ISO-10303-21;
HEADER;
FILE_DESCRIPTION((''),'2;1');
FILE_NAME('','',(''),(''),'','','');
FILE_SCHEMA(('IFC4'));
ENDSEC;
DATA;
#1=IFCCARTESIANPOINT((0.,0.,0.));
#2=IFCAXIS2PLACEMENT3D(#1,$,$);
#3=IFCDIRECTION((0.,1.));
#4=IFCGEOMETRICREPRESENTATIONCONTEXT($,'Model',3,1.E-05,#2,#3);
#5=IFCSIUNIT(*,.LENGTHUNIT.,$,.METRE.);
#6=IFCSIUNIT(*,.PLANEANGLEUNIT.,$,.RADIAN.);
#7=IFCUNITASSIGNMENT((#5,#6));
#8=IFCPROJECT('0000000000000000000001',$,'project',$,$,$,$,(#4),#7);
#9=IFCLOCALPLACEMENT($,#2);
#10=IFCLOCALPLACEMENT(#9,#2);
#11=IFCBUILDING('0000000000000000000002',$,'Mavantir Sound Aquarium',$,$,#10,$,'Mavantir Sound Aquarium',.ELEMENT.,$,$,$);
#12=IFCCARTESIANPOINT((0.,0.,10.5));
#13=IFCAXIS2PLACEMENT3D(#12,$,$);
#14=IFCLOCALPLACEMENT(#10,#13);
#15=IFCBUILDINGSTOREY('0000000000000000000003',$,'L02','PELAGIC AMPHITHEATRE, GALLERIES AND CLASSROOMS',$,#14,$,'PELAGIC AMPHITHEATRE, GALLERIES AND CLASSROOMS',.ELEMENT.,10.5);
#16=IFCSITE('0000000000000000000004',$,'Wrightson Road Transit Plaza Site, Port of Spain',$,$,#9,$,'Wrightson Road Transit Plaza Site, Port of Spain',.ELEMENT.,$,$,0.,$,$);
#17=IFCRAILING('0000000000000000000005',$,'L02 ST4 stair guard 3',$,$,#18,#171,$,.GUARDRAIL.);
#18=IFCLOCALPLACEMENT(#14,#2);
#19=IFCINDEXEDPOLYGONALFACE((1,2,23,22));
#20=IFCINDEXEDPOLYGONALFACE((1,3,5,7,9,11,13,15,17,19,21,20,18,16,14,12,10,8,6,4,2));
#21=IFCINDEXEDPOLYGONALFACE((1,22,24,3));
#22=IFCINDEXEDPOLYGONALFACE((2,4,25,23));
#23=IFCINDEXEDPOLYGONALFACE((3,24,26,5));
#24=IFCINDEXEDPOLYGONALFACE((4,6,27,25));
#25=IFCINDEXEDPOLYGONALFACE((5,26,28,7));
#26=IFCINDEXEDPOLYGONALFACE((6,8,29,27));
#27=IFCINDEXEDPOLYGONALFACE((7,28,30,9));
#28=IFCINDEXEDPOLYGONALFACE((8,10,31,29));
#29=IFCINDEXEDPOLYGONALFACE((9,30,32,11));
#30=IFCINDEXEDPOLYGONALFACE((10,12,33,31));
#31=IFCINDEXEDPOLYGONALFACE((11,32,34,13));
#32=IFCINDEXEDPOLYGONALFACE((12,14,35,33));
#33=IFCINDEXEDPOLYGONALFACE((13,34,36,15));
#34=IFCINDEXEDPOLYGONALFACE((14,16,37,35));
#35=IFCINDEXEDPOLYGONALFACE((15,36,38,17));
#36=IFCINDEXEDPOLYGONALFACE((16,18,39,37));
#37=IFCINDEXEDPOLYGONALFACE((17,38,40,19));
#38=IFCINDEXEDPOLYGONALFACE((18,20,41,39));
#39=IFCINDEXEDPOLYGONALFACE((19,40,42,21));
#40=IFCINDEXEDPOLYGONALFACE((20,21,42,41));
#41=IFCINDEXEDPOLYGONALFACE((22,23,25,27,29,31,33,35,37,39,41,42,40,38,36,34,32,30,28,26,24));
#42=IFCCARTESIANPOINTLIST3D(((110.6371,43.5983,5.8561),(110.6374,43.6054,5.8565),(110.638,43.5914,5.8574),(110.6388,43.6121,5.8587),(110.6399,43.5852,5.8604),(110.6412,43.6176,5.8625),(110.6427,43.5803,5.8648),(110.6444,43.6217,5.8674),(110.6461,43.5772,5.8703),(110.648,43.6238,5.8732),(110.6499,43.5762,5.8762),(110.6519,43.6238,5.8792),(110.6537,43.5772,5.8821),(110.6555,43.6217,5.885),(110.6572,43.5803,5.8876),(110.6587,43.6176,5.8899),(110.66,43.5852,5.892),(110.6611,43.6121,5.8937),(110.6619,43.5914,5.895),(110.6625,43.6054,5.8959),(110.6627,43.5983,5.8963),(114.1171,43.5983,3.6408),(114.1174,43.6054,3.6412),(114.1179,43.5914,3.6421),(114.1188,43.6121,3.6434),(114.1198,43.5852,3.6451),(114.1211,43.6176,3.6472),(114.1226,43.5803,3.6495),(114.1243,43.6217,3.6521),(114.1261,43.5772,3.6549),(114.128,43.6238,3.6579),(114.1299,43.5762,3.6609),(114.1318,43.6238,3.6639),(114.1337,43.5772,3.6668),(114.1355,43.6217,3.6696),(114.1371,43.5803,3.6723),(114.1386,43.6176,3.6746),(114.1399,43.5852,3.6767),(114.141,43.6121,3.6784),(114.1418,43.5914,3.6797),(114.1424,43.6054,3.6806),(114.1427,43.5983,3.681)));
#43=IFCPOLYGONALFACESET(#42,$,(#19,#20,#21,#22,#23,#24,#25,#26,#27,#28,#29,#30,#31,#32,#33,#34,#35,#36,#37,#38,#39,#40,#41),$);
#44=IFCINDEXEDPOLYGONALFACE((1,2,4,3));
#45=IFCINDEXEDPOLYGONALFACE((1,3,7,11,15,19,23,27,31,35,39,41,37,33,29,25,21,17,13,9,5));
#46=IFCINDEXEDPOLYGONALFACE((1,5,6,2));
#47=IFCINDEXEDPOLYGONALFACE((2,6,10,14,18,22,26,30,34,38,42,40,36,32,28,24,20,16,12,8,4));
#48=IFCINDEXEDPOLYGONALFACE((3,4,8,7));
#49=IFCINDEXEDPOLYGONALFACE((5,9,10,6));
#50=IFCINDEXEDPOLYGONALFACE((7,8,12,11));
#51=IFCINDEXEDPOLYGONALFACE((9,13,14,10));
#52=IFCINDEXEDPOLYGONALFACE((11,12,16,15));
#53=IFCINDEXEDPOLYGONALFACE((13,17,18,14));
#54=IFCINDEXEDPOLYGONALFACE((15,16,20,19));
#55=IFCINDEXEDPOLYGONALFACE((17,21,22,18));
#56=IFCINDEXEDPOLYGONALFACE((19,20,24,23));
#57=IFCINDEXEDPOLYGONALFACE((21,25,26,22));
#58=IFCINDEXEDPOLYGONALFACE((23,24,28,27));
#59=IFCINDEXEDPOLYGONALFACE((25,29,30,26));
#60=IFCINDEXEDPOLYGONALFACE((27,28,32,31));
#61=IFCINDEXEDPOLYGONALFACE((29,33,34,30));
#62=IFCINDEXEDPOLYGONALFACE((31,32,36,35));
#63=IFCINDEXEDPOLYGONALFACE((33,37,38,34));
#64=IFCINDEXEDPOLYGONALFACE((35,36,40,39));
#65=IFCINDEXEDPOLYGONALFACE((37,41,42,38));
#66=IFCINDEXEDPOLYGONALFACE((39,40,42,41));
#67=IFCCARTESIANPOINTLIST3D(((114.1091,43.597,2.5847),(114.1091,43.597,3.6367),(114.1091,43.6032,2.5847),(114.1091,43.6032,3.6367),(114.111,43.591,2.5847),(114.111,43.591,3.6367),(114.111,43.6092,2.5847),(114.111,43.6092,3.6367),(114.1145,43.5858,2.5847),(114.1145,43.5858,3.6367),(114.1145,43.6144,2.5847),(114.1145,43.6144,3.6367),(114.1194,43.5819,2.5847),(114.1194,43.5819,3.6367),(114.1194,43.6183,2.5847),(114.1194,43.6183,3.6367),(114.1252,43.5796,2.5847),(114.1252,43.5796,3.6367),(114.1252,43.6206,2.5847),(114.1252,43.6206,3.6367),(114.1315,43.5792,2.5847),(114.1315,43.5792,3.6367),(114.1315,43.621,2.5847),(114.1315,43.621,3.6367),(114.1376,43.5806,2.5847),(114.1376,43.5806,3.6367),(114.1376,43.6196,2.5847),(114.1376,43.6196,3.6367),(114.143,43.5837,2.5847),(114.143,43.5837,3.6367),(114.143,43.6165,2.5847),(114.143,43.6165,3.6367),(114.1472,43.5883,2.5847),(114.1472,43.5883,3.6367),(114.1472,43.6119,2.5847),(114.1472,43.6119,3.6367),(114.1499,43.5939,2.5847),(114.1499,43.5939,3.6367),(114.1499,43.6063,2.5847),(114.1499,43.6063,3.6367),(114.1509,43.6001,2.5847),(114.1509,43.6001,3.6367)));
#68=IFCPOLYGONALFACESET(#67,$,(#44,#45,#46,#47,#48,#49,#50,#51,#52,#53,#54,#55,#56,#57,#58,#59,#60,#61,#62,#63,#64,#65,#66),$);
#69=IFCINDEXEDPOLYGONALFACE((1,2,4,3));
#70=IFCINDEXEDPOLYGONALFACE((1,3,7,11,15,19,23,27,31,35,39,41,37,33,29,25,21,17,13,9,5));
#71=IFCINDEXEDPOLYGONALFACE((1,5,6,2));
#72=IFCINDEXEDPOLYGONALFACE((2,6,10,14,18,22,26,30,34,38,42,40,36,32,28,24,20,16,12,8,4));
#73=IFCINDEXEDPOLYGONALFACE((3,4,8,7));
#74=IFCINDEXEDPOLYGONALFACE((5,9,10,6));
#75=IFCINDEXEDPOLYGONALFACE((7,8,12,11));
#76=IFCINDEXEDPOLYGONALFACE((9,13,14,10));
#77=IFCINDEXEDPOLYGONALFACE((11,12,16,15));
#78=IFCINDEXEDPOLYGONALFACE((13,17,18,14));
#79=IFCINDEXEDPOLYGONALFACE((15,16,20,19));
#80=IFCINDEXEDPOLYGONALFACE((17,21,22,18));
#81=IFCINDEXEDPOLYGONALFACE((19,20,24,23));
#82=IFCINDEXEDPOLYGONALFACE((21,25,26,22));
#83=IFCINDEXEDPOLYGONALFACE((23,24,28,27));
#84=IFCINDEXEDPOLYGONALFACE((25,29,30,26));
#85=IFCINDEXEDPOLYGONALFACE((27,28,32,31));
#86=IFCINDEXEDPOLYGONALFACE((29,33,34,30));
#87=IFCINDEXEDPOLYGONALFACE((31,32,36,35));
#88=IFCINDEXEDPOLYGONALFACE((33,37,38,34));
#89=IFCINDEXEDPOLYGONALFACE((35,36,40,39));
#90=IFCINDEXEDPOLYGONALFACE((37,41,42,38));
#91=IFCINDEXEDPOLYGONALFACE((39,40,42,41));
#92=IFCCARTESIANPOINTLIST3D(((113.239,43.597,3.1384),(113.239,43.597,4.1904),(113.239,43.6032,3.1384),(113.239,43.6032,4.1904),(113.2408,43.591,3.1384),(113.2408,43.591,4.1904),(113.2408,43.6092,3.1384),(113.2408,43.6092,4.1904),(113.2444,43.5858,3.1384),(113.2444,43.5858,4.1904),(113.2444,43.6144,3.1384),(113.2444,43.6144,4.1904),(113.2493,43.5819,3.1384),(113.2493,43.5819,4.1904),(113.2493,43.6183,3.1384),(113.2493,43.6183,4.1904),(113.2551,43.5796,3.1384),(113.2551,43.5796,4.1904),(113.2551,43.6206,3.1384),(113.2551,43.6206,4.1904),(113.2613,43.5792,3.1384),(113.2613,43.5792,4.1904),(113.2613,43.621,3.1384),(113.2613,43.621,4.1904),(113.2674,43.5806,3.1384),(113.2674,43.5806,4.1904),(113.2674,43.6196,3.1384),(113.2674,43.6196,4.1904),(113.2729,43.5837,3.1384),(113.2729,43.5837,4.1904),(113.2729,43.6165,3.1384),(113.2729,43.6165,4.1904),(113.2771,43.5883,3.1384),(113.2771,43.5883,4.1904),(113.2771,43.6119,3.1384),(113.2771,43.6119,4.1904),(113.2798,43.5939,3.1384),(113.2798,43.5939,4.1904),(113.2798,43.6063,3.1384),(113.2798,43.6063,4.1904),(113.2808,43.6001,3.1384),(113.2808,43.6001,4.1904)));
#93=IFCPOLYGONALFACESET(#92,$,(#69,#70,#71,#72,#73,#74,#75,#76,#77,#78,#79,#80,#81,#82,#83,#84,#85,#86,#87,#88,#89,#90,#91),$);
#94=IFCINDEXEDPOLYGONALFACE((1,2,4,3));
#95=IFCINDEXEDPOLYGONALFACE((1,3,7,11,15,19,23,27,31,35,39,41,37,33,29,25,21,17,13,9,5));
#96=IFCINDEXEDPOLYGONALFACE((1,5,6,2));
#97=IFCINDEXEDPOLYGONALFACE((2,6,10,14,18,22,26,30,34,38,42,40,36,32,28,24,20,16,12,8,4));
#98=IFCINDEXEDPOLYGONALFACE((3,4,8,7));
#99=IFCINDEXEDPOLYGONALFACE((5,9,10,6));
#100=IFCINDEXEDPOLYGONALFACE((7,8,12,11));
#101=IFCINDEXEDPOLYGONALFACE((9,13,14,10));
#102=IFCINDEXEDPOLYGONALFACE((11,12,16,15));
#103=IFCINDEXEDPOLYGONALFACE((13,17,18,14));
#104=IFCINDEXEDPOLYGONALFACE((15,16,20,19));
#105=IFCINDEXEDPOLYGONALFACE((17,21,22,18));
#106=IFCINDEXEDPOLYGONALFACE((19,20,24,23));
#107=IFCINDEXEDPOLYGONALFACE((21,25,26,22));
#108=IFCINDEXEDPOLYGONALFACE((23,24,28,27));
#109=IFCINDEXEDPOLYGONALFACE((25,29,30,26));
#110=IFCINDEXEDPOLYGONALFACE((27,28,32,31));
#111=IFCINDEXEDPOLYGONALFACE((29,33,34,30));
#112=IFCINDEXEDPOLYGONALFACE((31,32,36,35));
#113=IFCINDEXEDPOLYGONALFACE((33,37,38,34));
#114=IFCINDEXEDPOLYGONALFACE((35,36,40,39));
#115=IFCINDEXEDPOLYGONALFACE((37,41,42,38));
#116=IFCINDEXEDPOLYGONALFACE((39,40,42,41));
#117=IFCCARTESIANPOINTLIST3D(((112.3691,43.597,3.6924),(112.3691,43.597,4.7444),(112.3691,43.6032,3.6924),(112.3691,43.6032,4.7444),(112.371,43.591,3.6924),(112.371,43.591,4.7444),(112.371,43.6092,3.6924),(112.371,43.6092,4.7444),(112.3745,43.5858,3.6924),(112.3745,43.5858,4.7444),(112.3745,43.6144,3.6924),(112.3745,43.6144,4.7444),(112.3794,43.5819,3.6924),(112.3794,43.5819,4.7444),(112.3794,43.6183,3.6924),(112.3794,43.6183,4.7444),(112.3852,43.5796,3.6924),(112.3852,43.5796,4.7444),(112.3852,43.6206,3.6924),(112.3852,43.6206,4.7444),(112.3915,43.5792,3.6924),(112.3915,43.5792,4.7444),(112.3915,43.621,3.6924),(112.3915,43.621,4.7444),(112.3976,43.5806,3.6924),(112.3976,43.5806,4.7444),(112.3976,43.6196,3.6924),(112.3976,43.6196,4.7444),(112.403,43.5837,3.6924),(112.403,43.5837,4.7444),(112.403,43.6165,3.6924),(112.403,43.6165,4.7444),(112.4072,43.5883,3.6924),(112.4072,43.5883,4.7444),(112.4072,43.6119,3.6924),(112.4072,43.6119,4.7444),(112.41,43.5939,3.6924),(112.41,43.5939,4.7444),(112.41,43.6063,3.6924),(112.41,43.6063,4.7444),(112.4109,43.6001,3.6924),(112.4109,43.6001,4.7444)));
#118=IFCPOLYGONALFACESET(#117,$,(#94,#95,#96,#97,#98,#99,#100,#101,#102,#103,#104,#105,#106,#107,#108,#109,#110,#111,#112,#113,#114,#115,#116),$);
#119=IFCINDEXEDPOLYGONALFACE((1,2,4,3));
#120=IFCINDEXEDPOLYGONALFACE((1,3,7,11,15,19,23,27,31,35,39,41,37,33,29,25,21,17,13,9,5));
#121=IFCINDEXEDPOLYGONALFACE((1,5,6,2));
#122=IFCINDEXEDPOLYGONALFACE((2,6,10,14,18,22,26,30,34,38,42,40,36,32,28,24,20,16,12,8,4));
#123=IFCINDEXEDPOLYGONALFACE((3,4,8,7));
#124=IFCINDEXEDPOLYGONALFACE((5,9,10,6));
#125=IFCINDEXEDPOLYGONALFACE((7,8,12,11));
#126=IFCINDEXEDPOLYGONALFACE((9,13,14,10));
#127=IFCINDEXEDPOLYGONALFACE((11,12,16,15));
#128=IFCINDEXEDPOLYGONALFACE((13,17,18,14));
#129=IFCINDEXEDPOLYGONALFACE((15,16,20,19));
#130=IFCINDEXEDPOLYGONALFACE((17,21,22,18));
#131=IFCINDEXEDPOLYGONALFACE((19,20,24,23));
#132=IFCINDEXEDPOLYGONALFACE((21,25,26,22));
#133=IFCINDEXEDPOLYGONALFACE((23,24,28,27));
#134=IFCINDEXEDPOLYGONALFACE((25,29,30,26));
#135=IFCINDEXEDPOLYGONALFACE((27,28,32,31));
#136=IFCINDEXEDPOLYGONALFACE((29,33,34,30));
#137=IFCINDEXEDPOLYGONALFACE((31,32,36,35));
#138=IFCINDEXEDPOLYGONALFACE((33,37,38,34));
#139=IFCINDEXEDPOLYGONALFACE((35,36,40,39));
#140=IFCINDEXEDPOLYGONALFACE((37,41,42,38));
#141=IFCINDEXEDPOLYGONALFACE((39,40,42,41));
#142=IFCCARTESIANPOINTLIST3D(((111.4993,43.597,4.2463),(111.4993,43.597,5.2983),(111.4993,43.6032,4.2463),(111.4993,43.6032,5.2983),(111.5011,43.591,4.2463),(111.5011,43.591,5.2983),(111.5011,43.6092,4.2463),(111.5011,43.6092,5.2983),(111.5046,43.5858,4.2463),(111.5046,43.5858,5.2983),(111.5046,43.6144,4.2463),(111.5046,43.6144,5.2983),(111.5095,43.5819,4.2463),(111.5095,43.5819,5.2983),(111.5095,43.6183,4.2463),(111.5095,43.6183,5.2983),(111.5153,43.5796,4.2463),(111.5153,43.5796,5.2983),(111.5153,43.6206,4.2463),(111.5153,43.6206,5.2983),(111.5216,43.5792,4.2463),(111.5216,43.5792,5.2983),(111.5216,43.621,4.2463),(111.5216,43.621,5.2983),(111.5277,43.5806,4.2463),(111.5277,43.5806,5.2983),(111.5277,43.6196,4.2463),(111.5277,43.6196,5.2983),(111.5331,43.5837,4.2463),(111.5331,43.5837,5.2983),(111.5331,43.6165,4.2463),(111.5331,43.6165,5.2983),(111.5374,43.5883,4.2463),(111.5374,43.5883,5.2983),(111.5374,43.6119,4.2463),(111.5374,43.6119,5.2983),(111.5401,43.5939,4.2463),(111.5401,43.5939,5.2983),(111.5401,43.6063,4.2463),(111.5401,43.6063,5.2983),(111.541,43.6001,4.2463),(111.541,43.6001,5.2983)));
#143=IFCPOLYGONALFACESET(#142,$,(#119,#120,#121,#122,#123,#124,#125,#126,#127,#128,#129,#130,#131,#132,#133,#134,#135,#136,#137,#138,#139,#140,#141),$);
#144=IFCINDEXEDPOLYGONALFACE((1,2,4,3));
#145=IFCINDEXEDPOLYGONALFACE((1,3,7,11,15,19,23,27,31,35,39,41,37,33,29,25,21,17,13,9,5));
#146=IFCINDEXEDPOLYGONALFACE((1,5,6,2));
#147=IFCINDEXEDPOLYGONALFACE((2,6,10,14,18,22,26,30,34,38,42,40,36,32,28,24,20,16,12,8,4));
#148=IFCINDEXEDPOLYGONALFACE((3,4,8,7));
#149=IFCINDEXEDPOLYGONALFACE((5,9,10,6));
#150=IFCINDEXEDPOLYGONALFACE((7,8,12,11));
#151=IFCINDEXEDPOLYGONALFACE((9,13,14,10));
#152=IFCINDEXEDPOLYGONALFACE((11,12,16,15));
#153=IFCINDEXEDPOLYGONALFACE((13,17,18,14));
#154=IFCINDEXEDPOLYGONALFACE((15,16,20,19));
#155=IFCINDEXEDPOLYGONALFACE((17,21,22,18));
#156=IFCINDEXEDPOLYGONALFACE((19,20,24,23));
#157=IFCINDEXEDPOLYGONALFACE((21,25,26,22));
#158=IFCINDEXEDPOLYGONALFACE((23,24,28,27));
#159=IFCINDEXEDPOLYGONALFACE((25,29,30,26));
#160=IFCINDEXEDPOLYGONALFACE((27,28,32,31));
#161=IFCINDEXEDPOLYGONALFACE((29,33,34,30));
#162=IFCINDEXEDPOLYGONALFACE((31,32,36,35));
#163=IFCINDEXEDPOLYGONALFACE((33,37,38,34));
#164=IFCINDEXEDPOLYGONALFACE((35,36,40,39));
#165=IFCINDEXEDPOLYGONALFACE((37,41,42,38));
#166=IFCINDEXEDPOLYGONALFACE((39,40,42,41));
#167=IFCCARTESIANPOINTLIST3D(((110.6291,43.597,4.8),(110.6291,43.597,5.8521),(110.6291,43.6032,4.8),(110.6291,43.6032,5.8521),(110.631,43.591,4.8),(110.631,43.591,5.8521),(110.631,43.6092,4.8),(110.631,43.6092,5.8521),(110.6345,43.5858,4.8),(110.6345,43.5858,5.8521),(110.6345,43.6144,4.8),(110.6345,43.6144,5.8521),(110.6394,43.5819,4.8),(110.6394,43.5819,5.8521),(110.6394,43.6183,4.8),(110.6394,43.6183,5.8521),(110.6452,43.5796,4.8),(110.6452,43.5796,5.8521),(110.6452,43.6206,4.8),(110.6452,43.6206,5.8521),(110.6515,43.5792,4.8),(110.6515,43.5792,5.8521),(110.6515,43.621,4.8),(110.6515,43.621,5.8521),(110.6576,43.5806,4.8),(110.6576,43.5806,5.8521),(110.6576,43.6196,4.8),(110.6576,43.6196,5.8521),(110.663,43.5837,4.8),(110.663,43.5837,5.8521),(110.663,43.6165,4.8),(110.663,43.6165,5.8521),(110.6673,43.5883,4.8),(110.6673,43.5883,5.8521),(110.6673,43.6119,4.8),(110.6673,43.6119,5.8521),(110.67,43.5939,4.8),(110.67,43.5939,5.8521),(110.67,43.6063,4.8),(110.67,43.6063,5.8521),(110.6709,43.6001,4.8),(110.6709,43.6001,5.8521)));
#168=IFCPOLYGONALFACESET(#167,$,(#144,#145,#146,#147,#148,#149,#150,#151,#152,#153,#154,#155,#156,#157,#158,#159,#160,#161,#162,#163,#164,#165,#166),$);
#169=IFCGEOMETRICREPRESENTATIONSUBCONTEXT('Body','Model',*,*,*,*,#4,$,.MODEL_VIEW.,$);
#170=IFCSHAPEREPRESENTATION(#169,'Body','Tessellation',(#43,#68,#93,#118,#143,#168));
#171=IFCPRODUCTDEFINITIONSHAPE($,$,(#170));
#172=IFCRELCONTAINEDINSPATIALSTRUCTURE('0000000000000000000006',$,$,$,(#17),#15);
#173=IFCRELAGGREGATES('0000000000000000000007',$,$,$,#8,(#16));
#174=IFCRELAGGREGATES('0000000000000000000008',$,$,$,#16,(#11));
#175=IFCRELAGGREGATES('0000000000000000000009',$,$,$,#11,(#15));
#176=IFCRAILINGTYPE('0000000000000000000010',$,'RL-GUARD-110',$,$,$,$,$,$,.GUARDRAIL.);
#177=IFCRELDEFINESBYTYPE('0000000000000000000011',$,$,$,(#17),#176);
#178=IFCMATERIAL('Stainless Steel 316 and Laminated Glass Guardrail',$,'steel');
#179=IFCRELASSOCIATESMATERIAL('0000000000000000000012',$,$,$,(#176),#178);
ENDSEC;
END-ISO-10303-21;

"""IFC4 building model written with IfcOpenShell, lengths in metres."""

from ifc_helpers import new_model, si_unit, direction, frame, origin, origin_2d, place, context, subcontext, project, spatial, circle, extrude, material, type_object, element, save


model = new_model("IFC4")

# Units and contexts
model_context = context("Model", 3, precision=1e-05, world=origin(), true_north=direction((0.0, 1.0)))
body_context = subcontext(model_context, "Body", "Model", "MODEL_VIEW")
ifc_project = project(units=[si_unit("LENGTHUNIT", "METRE"), si_unit("PLANEANGLEUNIT", "RADIAN")], contexts=[model_context])

# Site, building, storey
site_placement = place(None, origin())
site = spatial("IfcSite", under=ifc_project, at=site_placement, Name="Wrightson Road Transit Plaza Site, Port of Spain", LongName="Wrightson Road Transit Plaza Site, Port of Spain", CompositionType="ELEMENT", RefElevation=0.0)
building_placement = place(site_placement, origin())
building = spatial("IfcBuilding", under=site, at=building_placement, Name="Mavantir Sound Aquarium", LongName="Mavantir Sound Aquarium", CompositionType="ELEMENT")
storey_placement = place(building_placement, frame((0.0, 0.0, 10.5)))
storey = spatial("IfcBuildingStorey", under=building, at=storey_placement, Name="L02", Description="PELAGIC AMPHITHEATRE, GALLERIES AND CLASSROOMS", LongName="PELAGIC AMPHITHEATRE, GALLERIES AND CLASSROOMS", CompositionType="ELEMENT", Elevation=10.5)

# Railing
ifc_material_1 = material(Name="Stainless Steel 316 and Laminated Glass Guardrail", Category="steel")
railing_type_1 = type_object("IfcRailingType", Name="RL-GUARD-110", PredefinedType="GUARDRAIL", material=ifc_material_1)
railing_1_placement = place(storey_placement, frame((114.1299, 43.6001, 2.5847)))
element("IfcRailing", 1, at=railing_1_placement, inside=storey, type_object=railing_type_1, Name="L02 ST4 stair guard 3", PredefinedType="GUARDRAIL", context=body_context, shape_type="SweptSolid", body=[
    extrude(circle(Radius=0.0239, at=origin_2d()), frame((0.0, 0.0, 1.0762), z_axis=(-0.843574, 0.0, 0.537013), x_axis=(0.0, -1.0, 0.0)), (0.0, 0.0, 1.0), 4.1252),
    extrude(circle(Radius=0.021, at=origin_2d()), origin(), (0.0, 0.0, 1.0), 1.052),
    extrude(circle(Radius=0.021, at=origin_2d()), frame((-0.8701, 0.0, 0.5537)), (0.0, 0.0, 1.0), 1.052),
    extrude(circle(Radius=0.021, at=origin_2d()), frame((-1.74, 0.0, 1.1077)), (0.0, 0.0, 1.0), 1.052),
    extrude(circle(Radius=0.021, at=origin_2d()), frame((-2.6099, 0.0, 1.6616)), (0.0, 0.0, 1.0), 1.052),
    extrude(circle(Radius=0.021, at=origin_2d()), frame((-3.48, 0.0, 2.2153)), (0.0, 0.0, 1.0), 1.052),
])

save(model, "model.ifc")
